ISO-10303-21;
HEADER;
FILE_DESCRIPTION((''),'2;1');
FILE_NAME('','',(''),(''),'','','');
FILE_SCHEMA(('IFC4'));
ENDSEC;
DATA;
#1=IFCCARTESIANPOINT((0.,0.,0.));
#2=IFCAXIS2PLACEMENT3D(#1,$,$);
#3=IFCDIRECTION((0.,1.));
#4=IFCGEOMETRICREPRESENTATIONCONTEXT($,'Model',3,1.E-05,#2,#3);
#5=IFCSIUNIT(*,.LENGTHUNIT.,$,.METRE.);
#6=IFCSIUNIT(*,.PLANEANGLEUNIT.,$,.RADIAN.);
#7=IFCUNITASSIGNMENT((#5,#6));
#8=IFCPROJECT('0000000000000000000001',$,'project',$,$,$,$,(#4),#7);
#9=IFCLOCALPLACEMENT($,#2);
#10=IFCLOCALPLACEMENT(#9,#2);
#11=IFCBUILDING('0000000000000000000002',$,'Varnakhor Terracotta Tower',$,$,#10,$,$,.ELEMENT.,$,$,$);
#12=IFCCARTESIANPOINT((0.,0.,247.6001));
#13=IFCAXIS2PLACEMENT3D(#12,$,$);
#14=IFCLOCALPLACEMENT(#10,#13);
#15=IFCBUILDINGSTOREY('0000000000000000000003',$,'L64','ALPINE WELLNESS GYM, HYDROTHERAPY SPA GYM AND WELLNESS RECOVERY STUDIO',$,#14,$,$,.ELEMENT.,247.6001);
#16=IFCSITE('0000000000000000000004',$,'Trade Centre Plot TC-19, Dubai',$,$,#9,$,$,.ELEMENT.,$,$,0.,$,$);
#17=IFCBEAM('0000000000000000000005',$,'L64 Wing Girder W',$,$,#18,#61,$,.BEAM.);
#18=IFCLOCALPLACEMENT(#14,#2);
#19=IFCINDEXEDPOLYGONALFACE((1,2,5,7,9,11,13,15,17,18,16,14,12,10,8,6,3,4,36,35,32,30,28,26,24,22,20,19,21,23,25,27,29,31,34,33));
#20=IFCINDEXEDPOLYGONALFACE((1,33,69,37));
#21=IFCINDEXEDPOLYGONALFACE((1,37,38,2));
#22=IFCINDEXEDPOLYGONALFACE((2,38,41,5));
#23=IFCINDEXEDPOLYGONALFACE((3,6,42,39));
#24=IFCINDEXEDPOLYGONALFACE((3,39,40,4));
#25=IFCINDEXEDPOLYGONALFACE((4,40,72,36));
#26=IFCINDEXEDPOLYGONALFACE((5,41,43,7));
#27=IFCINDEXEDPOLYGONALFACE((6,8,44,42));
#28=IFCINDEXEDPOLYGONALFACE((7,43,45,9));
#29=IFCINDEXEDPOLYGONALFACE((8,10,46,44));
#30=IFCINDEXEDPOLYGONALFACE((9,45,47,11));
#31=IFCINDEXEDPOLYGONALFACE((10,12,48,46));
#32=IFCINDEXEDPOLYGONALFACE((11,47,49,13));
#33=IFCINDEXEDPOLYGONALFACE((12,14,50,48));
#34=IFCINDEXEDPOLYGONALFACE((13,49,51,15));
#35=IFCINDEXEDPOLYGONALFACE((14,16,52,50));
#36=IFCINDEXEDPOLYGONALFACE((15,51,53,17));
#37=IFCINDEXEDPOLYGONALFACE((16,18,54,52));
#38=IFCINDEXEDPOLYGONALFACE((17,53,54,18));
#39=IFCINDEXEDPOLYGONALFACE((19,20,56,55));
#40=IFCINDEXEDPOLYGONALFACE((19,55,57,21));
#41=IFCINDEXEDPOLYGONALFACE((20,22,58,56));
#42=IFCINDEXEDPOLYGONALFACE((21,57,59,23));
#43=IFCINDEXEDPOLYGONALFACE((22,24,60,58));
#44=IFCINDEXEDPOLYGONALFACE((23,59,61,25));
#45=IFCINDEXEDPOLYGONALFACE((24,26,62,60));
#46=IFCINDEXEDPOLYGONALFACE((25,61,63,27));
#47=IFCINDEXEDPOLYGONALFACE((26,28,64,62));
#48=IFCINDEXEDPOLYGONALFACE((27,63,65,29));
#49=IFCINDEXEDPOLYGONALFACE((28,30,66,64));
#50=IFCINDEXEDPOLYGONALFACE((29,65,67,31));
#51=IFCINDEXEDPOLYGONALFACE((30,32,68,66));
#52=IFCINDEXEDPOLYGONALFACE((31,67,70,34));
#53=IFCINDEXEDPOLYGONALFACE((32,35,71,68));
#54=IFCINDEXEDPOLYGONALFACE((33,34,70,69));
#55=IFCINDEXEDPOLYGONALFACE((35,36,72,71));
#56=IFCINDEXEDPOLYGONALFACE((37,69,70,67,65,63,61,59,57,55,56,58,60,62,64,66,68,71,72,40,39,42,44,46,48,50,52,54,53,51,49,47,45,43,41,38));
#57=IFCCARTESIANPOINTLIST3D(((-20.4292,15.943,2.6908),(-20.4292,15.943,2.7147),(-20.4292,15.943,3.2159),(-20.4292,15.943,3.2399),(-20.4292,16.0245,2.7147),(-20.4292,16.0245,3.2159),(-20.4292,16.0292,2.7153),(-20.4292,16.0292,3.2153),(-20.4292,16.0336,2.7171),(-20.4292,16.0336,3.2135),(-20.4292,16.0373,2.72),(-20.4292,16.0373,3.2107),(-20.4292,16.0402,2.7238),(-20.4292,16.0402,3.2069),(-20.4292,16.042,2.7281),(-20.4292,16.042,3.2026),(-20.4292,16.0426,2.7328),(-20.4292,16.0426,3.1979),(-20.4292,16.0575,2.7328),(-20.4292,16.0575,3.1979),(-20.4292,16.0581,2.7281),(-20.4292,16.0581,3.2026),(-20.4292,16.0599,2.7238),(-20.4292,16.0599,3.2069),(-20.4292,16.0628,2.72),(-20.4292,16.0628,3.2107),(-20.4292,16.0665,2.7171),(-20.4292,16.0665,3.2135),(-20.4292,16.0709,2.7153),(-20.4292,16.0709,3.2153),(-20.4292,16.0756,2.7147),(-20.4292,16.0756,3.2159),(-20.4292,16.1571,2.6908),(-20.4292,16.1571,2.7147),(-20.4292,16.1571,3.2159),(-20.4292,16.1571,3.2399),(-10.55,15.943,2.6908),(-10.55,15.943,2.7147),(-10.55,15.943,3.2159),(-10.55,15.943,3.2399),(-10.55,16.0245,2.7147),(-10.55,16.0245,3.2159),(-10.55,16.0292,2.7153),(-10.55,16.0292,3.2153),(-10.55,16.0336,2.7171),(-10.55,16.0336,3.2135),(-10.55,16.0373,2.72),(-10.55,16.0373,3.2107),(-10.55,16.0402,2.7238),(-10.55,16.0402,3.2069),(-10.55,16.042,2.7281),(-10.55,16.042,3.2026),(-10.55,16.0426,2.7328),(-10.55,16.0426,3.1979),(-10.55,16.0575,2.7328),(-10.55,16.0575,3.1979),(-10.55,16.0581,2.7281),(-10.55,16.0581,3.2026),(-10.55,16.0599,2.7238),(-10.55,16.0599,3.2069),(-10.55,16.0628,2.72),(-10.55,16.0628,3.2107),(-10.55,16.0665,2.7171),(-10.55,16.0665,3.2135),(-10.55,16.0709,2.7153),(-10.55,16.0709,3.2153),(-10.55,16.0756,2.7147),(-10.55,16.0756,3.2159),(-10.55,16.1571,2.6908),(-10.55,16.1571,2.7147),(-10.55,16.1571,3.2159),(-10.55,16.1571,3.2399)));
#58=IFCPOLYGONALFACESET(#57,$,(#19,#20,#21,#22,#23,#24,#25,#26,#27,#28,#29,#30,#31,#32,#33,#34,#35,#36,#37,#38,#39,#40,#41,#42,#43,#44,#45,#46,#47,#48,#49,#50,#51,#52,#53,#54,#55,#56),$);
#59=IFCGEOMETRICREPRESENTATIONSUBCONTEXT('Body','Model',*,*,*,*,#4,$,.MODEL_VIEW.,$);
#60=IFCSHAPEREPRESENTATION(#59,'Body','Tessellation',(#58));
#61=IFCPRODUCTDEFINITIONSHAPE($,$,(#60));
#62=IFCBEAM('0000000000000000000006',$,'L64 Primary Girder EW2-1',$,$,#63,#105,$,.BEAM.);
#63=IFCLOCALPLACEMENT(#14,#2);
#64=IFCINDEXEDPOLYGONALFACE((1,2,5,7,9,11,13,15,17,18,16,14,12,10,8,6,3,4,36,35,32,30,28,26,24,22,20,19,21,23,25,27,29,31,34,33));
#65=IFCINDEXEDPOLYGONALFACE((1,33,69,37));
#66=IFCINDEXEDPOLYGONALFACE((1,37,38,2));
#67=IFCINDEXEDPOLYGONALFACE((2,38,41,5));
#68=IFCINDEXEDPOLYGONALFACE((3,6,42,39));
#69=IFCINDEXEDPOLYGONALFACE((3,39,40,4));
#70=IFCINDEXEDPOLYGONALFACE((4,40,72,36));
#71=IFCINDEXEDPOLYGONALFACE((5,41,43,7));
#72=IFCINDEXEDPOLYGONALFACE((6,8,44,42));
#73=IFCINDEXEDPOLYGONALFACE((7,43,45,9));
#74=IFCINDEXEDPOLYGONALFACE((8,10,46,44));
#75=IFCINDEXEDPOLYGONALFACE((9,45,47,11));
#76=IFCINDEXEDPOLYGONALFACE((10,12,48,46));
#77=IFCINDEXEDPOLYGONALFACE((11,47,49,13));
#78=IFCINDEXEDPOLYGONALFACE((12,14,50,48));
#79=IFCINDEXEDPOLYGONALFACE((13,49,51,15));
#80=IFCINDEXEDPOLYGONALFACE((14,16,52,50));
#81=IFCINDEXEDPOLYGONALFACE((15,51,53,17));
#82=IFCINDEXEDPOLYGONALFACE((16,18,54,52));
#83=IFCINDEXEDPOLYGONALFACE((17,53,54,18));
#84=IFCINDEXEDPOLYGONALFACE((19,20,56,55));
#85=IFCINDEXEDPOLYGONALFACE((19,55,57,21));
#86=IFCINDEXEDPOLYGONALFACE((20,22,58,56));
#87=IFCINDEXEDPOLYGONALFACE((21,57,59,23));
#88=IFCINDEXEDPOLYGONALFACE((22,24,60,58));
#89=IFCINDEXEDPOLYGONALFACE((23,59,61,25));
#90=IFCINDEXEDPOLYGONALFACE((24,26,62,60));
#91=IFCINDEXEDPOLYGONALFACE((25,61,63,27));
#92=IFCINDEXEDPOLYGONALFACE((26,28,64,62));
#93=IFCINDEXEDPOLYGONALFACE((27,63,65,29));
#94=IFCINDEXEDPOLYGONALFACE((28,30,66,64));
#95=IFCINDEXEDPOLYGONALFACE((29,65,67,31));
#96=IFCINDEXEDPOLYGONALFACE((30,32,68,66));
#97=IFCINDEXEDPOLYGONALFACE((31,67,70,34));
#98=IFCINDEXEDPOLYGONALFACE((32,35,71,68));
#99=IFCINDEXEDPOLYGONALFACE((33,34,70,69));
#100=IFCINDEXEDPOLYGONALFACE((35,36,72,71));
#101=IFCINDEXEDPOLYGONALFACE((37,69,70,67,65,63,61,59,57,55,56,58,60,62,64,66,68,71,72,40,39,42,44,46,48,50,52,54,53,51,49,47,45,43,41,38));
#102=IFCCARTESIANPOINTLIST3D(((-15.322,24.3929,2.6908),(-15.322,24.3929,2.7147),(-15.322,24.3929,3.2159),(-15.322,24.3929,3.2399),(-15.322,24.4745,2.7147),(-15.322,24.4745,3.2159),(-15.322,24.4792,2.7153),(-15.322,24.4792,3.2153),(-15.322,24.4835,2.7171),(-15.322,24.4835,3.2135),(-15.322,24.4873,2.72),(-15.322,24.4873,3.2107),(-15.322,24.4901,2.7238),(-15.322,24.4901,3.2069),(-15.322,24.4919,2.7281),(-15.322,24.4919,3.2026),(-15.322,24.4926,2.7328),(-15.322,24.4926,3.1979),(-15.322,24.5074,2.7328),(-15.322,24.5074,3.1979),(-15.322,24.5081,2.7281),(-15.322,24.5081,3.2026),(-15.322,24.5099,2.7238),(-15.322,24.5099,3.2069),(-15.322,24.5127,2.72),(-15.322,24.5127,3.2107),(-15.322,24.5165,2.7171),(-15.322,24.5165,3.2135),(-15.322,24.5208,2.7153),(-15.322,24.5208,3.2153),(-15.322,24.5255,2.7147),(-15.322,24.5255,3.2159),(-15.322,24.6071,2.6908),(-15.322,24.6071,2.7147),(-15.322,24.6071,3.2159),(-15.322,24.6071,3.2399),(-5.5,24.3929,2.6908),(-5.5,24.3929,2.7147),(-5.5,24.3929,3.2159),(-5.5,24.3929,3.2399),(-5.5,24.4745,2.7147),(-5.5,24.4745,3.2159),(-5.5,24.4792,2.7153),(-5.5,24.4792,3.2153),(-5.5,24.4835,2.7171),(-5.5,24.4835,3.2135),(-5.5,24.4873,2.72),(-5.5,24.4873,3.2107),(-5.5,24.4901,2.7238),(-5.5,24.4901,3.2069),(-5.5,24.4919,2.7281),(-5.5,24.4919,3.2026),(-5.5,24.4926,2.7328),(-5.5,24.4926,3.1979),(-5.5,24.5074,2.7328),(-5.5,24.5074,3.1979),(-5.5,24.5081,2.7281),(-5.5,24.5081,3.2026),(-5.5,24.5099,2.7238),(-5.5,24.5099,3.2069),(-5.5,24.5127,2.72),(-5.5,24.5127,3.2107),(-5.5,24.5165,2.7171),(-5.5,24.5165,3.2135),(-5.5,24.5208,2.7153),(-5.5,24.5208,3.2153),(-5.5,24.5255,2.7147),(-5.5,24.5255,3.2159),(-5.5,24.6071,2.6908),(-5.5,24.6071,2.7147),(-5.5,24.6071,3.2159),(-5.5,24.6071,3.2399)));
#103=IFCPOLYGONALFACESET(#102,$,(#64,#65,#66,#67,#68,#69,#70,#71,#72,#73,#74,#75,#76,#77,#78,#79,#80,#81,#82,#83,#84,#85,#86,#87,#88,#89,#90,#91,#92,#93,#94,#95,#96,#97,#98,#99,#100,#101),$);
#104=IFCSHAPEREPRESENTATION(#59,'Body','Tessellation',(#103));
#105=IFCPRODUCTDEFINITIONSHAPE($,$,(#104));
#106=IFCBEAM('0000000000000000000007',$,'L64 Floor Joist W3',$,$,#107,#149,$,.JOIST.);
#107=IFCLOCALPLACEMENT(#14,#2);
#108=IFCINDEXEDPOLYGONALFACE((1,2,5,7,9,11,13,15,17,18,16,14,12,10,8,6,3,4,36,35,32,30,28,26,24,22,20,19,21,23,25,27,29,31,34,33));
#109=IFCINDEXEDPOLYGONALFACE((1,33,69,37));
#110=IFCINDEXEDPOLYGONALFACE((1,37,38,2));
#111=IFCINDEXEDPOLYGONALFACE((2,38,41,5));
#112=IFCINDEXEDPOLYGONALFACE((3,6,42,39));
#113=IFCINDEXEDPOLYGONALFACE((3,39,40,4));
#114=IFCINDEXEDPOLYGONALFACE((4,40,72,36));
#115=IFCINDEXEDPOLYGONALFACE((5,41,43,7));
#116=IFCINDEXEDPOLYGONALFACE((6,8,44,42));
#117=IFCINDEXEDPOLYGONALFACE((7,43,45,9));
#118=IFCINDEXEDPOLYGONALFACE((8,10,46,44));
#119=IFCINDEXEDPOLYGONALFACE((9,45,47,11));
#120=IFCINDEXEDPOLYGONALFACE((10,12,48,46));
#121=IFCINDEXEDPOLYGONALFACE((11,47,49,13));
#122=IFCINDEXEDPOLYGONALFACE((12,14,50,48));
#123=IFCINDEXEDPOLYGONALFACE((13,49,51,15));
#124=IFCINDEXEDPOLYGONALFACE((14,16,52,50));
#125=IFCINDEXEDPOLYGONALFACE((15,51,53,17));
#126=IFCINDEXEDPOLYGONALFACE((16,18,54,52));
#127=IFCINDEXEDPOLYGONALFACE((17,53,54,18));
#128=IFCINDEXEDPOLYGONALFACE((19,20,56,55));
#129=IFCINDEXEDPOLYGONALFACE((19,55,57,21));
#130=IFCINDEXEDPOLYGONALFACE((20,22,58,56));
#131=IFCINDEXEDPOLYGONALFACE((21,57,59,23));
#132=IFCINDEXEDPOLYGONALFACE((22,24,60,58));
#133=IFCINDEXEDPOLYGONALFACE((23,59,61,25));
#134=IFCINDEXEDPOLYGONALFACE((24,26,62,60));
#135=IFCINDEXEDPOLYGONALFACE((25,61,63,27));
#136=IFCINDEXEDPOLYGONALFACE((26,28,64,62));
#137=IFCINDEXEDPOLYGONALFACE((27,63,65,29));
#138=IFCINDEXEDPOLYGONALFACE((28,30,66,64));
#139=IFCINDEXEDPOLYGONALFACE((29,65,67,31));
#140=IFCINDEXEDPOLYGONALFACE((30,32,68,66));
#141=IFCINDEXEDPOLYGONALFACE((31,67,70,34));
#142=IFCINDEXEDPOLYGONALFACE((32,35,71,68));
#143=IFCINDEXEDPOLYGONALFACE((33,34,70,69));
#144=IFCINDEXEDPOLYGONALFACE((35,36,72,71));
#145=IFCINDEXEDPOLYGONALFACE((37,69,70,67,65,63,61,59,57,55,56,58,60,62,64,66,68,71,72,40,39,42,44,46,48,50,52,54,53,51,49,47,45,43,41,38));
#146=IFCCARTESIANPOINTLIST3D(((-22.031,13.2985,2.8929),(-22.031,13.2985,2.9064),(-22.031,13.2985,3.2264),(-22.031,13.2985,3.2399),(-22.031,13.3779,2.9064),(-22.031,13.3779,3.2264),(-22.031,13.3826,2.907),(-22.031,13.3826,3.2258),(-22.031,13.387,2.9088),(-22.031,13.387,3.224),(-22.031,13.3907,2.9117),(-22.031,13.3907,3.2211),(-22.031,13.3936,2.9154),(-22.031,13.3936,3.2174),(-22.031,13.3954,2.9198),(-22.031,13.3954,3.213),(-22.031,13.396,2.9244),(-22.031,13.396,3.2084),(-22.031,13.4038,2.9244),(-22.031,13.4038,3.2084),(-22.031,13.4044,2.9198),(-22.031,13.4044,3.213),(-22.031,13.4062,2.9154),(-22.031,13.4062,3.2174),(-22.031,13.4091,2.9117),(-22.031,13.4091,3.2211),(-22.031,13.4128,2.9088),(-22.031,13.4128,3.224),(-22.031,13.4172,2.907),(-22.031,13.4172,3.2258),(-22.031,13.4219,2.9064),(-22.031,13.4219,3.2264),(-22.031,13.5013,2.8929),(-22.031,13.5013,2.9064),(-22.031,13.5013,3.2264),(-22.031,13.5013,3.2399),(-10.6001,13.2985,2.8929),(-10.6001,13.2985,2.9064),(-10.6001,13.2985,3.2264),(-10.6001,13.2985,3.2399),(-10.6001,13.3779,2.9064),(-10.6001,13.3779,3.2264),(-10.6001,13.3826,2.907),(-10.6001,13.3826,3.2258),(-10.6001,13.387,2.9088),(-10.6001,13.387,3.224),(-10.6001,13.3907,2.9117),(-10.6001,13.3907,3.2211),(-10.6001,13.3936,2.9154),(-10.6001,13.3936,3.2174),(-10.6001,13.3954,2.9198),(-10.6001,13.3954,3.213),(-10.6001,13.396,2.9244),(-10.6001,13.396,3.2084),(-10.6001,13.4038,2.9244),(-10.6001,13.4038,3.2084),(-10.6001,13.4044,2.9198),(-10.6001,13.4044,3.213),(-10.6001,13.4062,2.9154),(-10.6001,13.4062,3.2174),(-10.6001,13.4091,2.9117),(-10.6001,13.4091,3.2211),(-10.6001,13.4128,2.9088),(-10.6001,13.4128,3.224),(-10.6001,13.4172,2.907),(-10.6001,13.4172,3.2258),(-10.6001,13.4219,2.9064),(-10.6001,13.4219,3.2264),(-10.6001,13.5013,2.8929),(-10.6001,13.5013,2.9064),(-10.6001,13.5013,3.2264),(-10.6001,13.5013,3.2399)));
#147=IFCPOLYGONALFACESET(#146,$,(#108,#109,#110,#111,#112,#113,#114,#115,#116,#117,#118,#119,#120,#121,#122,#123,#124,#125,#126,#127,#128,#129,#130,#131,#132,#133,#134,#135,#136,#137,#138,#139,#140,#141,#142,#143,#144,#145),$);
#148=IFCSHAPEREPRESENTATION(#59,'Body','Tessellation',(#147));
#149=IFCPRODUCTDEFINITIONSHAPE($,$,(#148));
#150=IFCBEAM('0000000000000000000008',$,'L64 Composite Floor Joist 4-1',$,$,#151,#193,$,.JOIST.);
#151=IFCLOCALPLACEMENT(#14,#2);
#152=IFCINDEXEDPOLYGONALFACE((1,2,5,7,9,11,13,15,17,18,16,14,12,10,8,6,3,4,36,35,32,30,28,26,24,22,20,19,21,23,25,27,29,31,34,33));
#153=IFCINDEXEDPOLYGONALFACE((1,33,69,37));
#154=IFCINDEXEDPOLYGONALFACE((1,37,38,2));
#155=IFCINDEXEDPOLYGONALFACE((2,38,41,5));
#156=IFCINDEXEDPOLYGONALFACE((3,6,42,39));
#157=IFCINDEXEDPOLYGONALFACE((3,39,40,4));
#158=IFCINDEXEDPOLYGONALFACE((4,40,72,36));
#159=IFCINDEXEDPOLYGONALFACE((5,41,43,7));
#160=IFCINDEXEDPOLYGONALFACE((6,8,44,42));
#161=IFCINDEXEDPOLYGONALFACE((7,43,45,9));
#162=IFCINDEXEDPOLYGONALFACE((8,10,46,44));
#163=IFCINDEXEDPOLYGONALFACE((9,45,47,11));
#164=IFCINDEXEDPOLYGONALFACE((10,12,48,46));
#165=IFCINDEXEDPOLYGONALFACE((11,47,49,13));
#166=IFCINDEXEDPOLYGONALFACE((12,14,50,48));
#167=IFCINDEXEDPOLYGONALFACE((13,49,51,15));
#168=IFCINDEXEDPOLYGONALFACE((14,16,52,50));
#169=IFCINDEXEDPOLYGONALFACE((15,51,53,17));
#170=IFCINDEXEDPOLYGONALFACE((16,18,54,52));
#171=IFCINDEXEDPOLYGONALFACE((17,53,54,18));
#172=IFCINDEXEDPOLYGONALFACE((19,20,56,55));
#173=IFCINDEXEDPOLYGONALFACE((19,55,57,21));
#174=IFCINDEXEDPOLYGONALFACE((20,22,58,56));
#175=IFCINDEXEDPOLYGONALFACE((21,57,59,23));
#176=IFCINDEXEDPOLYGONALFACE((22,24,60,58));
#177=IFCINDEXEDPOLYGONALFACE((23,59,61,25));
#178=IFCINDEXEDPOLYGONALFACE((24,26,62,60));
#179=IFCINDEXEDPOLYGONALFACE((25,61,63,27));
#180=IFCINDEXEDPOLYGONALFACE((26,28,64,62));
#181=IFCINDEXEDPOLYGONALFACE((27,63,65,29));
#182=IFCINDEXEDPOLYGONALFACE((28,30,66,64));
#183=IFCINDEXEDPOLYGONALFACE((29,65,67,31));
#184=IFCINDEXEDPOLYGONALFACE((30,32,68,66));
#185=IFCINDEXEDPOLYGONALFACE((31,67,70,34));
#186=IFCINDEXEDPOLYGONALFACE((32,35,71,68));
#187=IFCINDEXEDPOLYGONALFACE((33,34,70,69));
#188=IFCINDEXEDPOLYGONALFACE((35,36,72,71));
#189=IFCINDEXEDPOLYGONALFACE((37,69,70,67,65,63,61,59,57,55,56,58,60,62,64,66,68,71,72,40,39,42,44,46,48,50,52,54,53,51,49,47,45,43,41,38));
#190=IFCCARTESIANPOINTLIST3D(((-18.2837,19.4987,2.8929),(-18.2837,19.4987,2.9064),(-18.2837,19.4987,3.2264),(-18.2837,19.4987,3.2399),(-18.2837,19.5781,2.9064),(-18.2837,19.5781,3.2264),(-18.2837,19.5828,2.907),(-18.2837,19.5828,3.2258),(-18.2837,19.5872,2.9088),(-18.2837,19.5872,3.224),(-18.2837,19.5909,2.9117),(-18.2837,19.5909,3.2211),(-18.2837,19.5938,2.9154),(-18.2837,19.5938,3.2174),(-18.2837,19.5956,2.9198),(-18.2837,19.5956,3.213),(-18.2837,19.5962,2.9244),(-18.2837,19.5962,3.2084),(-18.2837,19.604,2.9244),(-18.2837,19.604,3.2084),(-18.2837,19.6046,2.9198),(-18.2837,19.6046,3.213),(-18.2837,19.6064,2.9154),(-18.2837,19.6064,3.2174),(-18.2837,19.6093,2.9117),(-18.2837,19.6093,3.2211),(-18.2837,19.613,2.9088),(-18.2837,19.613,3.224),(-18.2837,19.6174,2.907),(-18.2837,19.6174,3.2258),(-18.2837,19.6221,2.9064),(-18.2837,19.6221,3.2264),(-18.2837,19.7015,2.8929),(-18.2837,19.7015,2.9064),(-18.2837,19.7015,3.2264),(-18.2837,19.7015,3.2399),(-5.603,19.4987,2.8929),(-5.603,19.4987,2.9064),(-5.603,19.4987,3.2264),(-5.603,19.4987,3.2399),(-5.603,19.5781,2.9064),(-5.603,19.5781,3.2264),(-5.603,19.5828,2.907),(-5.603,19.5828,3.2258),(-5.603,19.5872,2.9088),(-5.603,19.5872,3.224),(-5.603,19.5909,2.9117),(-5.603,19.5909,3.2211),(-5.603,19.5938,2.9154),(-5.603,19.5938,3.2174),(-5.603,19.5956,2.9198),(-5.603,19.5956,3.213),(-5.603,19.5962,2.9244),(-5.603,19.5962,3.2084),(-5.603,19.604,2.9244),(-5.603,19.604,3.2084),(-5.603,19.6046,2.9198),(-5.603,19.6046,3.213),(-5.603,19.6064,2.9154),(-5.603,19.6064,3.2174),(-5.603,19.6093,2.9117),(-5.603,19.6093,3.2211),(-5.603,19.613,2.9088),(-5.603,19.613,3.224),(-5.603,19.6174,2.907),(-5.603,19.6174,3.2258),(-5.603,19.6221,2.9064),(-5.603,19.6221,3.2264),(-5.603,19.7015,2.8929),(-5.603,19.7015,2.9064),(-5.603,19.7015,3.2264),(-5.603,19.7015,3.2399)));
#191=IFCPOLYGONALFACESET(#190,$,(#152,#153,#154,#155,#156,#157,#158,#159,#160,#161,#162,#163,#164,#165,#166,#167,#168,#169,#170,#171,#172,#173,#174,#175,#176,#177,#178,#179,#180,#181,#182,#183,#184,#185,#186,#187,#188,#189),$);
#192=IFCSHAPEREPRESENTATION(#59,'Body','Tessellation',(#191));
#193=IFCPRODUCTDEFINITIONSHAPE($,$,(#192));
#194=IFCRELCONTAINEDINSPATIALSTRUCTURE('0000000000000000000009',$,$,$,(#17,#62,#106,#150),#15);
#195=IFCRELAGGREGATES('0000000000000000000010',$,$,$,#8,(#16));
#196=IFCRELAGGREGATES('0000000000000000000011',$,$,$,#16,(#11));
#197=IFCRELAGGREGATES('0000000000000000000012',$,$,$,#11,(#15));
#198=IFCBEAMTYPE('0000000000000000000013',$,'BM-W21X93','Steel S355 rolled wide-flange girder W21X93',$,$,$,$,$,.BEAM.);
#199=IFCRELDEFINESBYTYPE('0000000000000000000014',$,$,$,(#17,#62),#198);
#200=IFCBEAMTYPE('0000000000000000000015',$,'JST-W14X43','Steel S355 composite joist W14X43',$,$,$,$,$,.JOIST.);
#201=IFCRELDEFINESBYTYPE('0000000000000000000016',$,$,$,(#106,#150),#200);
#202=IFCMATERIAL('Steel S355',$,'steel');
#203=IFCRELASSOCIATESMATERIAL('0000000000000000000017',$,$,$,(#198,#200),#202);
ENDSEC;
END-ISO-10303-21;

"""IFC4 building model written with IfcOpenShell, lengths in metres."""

from ifc_helpers import new_model, si_unit, direction, frame, origin, origin_2d, place, context, subcontext, project, spatial, i_section, extrude, source, transform, mapped, material, material_profile, profile_set, type_object, element, save


model = new_model("IFC4")

# Units and contexts
model_context = context("Model", 3, precision=1e-05, world=origin(), true_north=direction((0.0, 1.0)))
body_context = subcontext(model_context, "Body", "Model", "MODEL_VIEW")
ifc_project = project(units=[si_unit("LENGTHUNIT", "METRE"), si_unit("PLANEANGLEUNIT", "RADIAN")], contexts=[model_context])

# Site, building, storey
site_placement = place(None, origin())
site = spatial("IfcSite", under=ifc_project, at=site_placement, Name="Trade Centre Plot TC-19, Dubai", CompositionType="ELEMENT", RefElevation=0.0)
building_placement = place(site_placement, origin())
building = spatial("IfcBuilding", under=site, at=building_placement, Name="Varnakhor Terracotta Tower", CompositionType="ELEMENT")
storey_placement = place(building_placement, frame((0.0, 0.0, 247.6001)))
storey = spatial("IfcBuildingStorey", under=building, at=storey_placement, Name="L64", Description="ALPINE WELLNESS GYM, HYDROTHERAPY SPA GYM AND WELLNESS RECOVERY STUDIO", CompositionType="ELEMENT", Elevation=247.6001)

# Beams
ifc_material_1 = material(Name="Steel S355", Category="steel")
ifc_material_profile_1 = material_profile(ifc_material_1, i_section(OverallWidth=0.2141, OverallDepth=0.5491, WebThickness=0.0149, FlangeThickness=0.0239, FilletRadius=0.0181, at=origin_2d()), Name="W21X93")
ifc_profile_set_1 = profile_set([ifc_material_profile_1], Name="Steel S355")
beam_type_1 = type_object("IfcBeamType", Name="BM-W21X93", Description="Steel S355 rolled wide-flange girder W21X93", PredefinedType="BEAM", material=ifc_profile_set_1)
shared_shape_1 = source(origin(), body_context, "Body", "SweptSolid", [
    extrude(i_section(OverallWidth=0.2141, OverallDepth=0.5491, WebThickness=0.0149, FlangeThickness=0.0239, FilletRadius=0.0181, at=origin_2d()), origin(), (0.0, 0.0, 1.0), 9.8792),
])
beam_1_placement = place(storey_placement, frame((-20.4292, 16.05, 2.9653), z_axis=(1.0, 0.0, 0.0), x_axis=(0.0, 1.0, 0.0)))
element("IfcBeam", 1, at=beam_1_placement, inside=storey, type_object=beam_type_1, Name="L64 Wing Girder W", PredefinedType="BEAM", context=body_context, shape_type="MappedRepresentation", body=[
    mapped(shared_shape_1, transform((0.0, 0.0, 0.0), scale=1.0)),
])
shared_shape_2 = source(origin(), body_context, "Body", "SweptSolid", [
    extrude(i_section(OverallWidth=0.2141, OverallDepth=0.5491, WebThickness=0.0149, FlangeThickness=0.0239, FilletRadius=0.0181, at=origin_2d()), origin(), (0.0, 0.0, 1.0), 9.822),
])
beam_2_placement = place(storey_placement, frame((-15.322, 24.5, 2.9653), z_axis=(1.0, 0.0, 0.0), x_axis=(0.0, 1.0, 0.0)))
element("IfcBeam", 2, at=beam_2_placement, inside=storey, type_object=beam_type_1, Name="L64 Primary Girder EW2-1", PredefinedType="BEAM", context=body_context, shape_type="MappedRepresentation", body=[
    mapped(shared_shape_2, transform((0.0, 0.0, 0.0), scale=1.0)),
])
ifc_material_profile_2 = material_profile(ifc_material_1, i_section(OverallWidth=0.2029, OverallDepth=0.3469, WebThickness=0.0078, FlangeThickness=0.0134, FilletRadius=0.0181, at=origin_2d()), Name="W14X43")
ifc_profile_set_2 = profile_set([ifc_material_profile_2], Name="Steel S355")
beam_type_2 = type_object("IfcBeamType", Name="JST-W14X43", Description="Steel S355 composite joist W14X43", PredefinedType="JOIST", material=ifc_profile_set_2)
shared_shape_3 = source(origin(), body_context, "Body", "SweptSolid", [
    extrude(i_section(OverallWidth=0.2029, OverallDepth=0.3469, WebThickness=0.0078, FlangeThickness=0.0134, FilletRadius=0.0181, at=origin_2d()), origin(), (0.0, 0.0, 1.0), 11.4309),
])
beam_3_placement = place(storey_placement, frame((-22.031, 13.3999, 3.0664), z_axis=(1.0, 0.0, 0.0), x_axis=(0.0, 1.0, 0.0)))
element("IfcBeam", 3, at=beam_3_placement, inside=storey, type_object=beam_type_2, Name="L64 Floor Joist W3", PredefinedType="JOIST", context=body_context, shape_type="MappedRepresentation", body=[
    mapped(shared_shape_3, transform((0.0, 0.0, 0.0), scale=1.0)),
])
shared_shape_4 = source(origin(), body_context, "Body", "SweptSolid", [
    extrude(i_section(OverallWidth=0.2029, OverallDepth=0.3469, WebThickness=0.0078, FlangeThickness=0.0134, FilletRadius=0.0181, at=origin_2d()), origin(), (0.0, 0.0, 1.0), 12.6807),
])
beam_4_placement = place(storey_placement, frame((-18.2837, 19.6001, 3.0664), z_axis=(1.0, 0.0, 0.0), x_axis=(0.0, 1.0, 0.0)))
element("IfcBeam", 4, at=beam_4_placement, inside=storey, type_object=beam_type_2, Name="L64 Composite Floor Joist 4-1", PredefinedType="JOIST", context=body_context, shape_type="MappedRepresentation", body=[
    mapped(shared_shape_4, transform((0.0, 0.0, 0.0), scale=1.0)),
])

save(model, "model.ifc")
